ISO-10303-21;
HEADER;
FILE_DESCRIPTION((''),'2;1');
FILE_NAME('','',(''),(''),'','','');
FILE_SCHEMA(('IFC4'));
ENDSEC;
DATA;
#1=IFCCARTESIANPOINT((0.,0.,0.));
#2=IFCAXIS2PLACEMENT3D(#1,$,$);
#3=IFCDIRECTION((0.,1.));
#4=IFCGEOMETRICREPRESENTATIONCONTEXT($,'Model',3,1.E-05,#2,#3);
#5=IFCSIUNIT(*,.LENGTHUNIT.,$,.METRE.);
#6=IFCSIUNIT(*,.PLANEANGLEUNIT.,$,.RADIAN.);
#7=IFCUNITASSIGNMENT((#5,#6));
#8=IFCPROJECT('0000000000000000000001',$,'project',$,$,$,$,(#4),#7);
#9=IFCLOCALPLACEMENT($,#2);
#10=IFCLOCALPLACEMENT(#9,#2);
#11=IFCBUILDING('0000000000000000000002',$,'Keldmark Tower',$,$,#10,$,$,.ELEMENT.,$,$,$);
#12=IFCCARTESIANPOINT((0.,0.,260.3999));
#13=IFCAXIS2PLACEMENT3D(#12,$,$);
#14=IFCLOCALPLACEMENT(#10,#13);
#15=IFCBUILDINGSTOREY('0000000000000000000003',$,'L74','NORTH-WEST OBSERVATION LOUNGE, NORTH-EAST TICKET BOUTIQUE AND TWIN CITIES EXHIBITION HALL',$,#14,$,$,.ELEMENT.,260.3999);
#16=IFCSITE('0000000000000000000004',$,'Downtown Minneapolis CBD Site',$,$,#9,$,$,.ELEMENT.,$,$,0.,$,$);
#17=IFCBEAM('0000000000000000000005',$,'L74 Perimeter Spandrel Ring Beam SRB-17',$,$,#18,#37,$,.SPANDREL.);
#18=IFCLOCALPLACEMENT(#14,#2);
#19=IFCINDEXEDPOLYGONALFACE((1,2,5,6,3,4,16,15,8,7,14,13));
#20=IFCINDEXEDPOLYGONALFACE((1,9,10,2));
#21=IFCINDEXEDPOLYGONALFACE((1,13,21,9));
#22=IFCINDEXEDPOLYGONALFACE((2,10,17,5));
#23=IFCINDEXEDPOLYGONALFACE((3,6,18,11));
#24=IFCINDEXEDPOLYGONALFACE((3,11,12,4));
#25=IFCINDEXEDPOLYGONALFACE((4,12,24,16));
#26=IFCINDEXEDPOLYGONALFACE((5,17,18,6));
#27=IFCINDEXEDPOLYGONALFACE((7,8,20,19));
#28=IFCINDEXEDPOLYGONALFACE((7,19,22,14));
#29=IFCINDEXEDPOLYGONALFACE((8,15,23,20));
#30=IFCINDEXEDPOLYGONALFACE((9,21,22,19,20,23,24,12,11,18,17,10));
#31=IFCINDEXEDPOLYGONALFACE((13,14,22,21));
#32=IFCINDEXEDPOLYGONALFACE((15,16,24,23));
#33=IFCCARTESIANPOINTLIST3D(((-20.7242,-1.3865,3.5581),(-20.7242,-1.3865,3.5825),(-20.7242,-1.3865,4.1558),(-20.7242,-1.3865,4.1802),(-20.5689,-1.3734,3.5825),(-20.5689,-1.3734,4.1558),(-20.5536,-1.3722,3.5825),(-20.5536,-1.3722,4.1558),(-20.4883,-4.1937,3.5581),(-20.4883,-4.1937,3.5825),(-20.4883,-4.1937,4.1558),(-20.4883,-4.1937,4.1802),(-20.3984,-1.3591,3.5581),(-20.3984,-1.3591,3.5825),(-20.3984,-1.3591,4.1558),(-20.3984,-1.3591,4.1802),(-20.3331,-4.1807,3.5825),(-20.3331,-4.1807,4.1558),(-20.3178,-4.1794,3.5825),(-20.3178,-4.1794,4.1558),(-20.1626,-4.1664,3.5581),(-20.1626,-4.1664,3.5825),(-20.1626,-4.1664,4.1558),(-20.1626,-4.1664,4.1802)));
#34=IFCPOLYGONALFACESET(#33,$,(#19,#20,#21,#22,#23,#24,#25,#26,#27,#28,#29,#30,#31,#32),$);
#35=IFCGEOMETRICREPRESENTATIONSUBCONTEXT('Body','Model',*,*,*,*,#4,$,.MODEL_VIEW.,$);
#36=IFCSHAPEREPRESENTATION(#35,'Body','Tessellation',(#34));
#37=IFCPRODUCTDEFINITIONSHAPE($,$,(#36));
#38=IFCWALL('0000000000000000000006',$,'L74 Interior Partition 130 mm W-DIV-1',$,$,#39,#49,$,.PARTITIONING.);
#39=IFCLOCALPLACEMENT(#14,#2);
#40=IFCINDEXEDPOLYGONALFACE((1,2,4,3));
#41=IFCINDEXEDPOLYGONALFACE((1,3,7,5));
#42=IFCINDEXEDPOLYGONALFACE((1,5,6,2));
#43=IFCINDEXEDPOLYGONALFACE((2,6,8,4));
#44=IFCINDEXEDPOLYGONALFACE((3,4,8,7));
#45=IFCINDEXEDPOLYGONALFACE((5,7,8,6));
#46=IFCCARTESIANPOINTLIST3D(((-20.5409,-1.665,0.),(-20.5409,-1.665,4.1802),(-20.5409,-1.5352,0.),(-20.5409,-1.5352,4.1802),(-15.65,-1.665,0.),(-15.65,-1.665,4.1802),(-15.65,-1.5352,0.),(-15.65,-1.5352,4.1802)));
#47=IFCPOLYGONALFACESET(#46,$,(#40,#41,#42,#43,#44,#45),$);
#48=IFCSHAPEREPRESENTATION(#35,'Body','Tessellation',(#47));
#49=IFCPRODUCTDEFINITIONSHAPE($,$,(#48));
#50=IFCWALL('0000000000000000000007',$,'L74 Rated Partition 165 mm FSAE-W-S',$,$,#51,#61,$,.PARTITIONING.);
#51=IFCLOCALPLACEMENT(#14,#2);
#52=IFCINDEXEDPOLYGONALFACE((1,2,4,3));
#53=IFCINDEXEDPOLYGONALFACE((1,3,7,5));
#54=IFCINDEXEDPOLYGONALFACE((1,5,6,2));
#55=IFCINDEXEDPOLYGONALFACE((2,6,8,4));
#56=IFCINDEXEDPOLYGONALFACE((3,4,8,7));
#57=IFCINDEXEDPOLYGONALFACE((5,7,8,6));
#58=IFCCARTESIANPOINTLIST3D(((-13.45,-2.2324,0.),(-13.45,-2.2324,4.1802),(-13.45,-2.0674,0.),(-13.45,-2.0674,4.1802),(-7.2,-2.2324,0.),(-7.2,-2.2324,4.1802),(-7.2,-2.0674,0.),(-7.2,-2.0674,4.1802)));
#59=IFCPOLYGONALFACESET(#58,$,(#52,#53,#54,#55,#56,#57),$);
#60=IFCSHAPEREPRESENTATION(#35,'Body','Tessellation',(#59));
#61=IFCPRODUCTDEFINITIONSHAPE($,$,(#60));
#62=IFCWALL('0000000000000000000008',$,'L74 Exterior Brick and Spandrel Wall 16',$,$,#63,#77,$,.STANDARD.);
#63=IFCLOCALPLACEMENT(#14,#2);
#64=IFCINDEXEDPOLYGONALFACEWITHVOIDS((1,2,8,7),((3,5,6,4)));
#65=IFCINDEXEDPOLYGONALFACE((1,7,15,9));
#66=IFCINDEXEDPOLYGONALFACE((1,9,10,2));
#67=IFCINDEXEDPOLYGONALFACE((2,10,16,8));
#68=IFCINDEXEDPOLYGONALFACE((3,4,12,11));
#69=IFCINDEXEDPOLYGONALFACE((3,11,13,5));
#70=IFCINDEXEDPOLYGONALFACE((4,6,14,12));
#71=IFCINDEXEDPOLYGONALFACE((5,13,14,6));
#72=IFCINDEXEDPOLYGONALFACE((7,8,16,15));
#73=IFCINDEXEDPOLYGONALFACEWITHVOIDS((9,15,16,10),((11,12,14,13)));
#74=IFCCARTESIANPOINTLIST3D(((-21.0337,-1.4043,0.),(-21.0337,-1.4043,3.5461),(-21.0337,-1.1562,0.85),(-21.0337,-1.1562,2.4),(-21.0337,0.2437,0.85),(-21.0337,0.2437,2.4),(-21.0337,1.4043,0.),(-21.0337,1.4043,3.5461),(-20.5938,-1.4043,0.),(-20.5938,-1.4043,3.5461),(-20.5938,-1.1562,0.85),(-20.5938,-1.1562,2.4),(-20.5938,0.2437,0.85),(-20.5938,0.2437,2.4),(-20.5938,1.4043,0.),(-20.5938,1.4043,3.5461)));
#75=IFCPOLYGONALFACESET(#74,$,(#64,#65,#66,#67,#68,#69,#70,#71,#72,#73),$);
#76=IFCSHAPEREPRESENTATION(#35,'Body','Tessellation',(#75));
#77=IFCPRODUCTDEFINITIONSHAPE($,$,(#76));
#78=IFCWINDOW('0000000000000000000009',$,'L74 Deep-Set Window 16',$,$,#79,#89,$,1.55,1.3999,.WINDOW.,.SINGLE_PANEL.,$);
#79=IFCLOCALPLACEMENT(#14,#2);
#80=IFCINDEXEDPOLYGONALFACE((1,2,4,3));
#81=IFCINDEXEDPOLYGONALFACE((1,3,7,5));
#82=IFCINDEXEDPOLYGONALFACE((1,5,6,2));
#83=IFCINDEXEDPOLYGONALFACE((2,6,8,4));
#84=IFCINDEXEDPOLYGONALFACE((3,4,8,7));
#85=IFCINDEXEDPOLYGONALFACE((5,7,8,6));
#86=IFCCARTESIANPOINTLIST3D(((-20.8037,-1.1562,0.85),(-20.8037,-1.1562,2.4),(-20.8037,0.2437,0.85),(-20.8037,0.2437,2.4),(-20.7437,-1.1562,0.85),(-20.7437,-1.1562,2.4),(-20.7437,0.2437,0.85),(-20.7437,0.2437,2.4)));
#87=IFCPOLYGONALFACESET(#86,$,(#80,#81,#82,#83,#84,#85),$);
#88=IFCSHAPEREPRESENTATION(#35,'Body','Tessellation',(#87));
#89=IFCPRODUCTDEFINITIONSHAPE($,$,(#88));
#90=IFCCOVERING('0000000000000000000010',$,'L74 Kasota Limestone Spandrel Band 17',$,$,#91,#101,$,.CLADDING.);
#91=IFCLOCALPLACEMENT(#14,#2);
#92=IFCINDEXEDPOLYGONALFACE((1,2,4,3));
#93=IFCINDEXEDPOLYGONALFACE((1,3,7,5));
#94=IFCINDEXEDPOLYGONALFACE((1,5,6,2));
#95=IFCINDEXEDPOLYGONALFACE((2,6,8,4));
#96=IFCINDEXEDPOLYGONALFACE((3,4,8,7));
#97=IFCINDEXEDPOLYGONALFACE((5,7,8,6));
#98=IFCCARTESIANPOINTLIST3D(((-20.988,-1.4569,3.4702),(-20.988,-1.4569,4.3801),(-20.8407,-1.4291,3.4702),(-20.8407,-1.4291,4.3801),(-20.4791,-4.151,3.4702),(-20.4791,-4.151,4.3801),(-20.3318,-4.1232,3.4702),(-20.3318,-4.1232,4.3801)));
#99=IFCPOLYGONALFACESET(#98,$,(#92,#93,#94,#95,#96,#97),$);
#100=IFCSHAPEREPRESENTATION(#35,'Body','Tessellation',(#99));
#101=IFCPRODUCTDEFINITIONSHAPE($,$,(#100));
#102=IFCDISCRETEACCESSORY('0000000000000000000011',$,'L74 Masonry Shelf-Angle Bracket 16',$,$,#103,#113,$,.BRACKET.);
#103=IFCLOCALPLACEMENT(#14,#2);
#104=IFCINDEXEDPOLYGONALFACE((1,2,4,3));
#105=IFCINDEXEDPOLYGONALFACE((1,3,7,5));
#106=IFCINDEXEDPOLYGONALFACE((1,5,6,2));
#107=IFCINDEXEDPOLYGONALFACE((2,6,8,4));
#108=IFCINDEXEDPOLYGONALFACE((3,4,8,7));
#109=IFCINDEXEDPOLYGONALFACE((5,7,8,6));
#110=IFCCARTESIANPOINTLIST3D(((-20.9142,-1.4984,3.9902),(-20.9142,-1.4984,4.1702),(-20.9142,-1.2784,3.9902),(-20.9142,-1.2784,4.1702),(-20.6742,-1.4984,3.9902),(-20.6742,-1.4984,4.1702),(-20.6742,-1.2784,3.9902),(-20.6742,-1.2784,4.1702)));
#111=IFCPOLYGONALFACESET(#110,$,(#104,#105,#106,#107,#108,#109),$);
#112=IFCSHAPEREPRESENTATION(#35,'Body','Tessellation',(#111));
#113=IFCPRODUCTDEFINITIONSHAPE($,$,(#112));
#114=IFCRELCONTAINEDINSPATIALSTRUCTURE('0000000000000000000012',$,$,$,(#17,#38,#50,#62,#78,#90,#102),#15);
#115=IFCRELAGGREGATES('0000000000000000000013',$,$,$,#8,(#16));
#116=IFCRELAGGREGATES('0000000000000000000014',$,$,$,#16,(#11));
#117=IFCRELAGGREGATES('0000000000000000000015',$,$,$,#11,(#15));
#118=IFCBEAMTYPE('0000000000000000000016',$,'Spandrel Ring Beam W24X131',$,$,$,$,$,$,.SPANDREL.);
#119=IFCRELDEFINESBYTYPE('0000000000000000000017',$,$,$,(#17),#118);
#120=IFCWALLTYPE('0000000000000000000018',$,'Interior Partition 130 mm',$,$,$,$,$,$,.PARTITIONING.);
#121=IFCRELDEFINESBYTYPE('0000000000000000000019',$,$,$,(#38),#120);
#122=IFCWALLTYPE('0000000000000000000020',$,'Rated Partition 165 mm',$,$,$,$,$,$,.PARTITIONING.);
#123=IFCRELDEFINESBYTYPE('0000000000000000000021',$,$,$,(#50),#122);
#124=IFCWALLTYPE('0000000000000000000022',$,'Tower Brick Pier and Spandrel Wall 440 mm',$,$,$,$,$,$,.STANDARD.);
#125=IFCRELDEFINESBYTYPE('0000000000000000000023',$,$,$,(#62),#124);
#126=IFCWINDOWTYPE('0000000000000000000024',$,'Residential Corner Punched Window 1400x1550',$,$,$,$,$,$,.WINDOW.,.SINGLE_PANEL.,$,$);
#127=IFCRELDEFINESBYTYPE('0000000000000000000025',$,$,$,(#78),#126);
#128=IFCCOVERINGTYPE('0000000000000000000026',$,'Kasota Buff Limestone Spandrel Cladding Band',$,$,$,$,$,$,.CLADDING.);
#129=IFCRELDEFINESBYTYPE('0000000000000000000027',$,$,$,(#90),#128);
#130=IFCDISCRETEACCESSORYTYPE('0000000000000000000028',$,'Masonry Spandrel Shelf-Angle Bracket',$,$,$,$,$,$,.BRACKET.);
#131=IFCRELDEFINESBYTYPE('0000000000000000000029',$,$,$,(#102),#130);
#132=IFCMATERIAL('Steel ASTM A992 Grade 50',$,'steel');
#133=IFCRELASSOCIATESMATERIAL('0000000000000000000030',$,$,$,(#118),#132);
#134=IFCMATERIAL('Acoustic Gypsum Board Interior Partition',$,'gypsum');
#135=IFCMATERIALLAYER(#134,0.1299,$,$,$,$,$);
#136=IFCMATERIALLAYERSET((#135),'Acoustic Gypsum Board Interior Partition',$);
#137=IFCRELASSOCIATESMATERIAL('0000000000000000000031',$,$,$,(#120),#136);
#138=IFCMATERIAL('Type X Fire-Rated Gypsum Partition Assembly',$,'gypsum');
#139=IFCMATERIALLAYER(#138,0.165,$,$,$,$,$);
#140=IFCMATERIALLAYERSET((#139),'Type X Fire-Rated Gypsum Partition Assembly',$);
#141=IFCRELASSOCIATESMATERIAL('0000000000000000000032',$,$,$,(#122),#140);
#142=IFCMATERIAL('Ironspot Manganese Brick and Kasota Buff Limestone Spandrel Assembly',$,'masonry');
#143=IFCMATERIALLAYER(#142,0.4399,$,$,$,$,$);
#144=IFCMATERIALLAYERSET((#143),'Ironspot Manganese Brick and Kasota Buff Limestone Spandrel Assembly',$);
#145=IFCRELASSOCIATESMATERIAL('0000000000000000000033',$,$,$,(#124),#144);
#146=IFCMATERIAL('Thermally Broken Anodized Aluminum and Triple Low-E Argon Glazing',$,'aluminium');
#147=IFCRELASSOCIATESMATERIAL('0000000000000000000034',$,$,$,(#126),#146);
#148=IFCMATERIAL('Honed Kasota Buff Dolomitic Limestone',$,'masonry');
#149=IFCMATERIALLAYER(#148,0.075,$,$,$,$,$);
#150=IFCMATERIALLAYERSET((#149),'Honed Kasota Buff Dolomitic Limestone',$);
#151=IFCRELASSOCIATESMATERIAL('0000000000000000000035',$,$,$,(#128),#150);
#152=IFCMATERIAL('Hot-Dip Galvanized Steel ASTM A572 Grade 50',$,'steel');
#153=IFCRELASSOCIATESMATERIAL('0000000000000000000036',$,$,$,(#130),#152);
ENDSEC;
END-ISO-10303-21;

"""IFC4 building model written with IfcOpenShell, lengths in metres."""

from ifc_helpers import new_model, si_unit, direction, frame, frame_2d, origin, origin_2d, place, context, subcontext, project, spatial, rectangle, i_section, extrude, material, layer, layer_set, material_profile, profile_set, type_object, element, fill, save


model = new_model("IFC4")

# Units and contexts
model_context = context("Model", 3, precision=1e-05, world=origin(), true_north=direction((0.0, 1.0)))
body_context = subcontext(model_context, "Body", "Model", "MODEL_VIEW")
ifc_project = project(units=[si_unit("LENGTHUNIT", "METRE"), si_unit("PLANEANGLEUNIT", "RADIAN")], contexts=[model_context])

# Site, building, storey
site_placement = place(None, origin())
site = spatial("IfcSite", under=ifc_project, at=site_placement, Name="Downtown Minneapolis CBD Site", CompositionType="ELEMENT", RefElevation=0.0)
building_placement = place(site_placement, origin())
building = spatial("IfcBuilding", under=site, at=building_placement, Name="Keldmark Tower", CompositionType="ELEMENT")
storey_placement = place(building_placement, frame((0.0, 0.0, 260.3999)))
storey = spatial("IfcBuildingStorey", under=building, at=storey_placement, Name="L74", Description="NORTH-WEST OBSERVATION LOUNGE, NORTH-EAST TICKET BOUTIQUE AND TWIN CITIES EXHIBITION HALL", CompositionType="ELEMENT", Elevation=260.3999)

# Beam
ifc_material_1 = material(Name="Steel ASTM A992 Grade 50", Category="steel")
ifc_material_profile_1 = material_profile(ifc_material_1, i_section(OverallWidth=0.3269, OverallDepth=0.6221, WebThickness=0.0154, FlangeThickness=0.0244, at=origin_2d()), Name="W24X131")
ifc_profile_set_1 = profile_set([ifc_material_profile_1], Name="Steel ASTM A992 Grade 50")
beam_type_1 = type_object("IfcBeamType", Name="Spandrel Ring Beam W24X131", PredefinedType="SPANDREL", material=ifc_profile_set_1)
beam_1_placement = place(storey_placement, frame((-20.5613, -1.3728, 3.8691), z_axis=(0.08372, -0.996489, 0.0), x_axis=(0.996489, 0.08372, 0.0)))
element("IfcBeam", 1, at=beam_1_placement, inside=storey, type_object=beam_type_1, Name="L74 Perimeter Spandrel Ring Beam SRB-17", PredefinedType="SPANDREL", context=body_context, shape_type="SweptSolid", body=[
    extrude(i_section(OverallWidth=0.3269, OverallDepth=0.6221, WebThickness=0.0154, FlangeThickness=0.0244, at=origin_2d()), origin(), (0.0, 0.0, 1.0), 2.8171),
])

# Walls
ifc_material_2 = material(Name="Acoustic Gypsum Board Interior Partition", Category="gypsum")
ifc_layer_1 = layer(ifc_material_2, 0.1299)
ifc_layer_set_1 = layer_set([ifc_layer_1], Name="Acoustic Gypsum Board Interior Partition")
wall_type_1 = type_object("IfcWallType", Name="Interior Partition 130 mm", PredefinedType="PARTITIONING", material=ifc_layer_set_1)
wall_1_placement = place(storey_placement, frame((-20.5408, -1.6001, 0.0), z_axis=(0.0, 0.0, 1.0), x_axis=(1.0, 0.0, 0.0)))
element("IfcWall", 2, at=wall_1_placement, inside=storey, type_object=wall_type_1, Name="L74 Interior Partition 130 mm W-DIV-1", PredefinedType="PARTITIONING", context=body_context, shape_type="SweptSolid", body=[
    extrude(rectangle(XDim=4.8909, YDim=0.1299, at=frame_2d((2.4453, 0.0))), origin(), (0.0, 0.0, 1.0), 4.1802),
])
ifc_material_3 = material(Name="Type X Fire-Rated Gypsum Partition Assembly", Category="gypsum")
ifc_layer_2 = layer(ifc_material_3, 0.165)
ifc_layer_set_2 = layer_set([ifc_layer_2], Name="Type X Fire-Rated Gypsum Partition Assembly")
wall_type_2 = type_object("IfcWallType", Name="Rated Partition 165 mm", PredefinedType="PARTITIONING", material=ifc_layer_set_2)
wall_2_placement = place(storey_placement, frame((-13.45, -2.1499, 0.0), z_axis=(0.0, 0.0, 1.0), x_axis=(1.0, 0.0, 0.0)))
element("IfcWall", 3, at=wall_2_placement, inside=storey, type_object=wall_type_2, Name="L74 Rated Partition 165 mm FSAE-W-S", PredefinedType="PARTITIONING", context=body_context, shape_type="SweptSolid", body=[
    extrude(rectangle(XDim=6.25, YDim=0.165, at=frame_2d((3.125, 0.0))), origin(), (0.0, 0.0, 1.0), 4.1802),
])

# Wall, opening, window
ifc_material_4 = material(Name="Ironspot Manganese Brick and Kasota Buff Limestone Spandrel Assembly", Category="masonry")
ifc_layer_3 = layer(ifc_material_4, 0.4399)
ifc_layer_set_3 = layer_set([ifc_layer_3], Name="Ironspot Manganese Brick and Kasota Buff Limestone Spandrel Assembly")
wall_type_3 = type_object("IfcWallType", Name="Tower Brick Pier and Spandrel Wall 440 mm", PredefinedType="STANDARD", material=ifc_layer_set_3)
wall_3_placement = place(storey_placement, frame((-20.8137, -1.4043, 0.0), z_axis=(0.0, 0.0, 1.0), x_axis=(0.0, 1.0, 0.0)))
wall_3 = element("IfcWall", 4, at=wall_3_placement, inside=storey, type_object=wall_type_3, Name="L74 Exterior Brick and Spandrel Wall 16", PredefinedType="STANDARD", context=body_context, shape_type="SweptSolid", body=[
    extrude(rectangle(XDim=2.8086, YDim=0.4399, at=frame_2d((1.4043, 0.0))), origin(), (0.0, 0.0, 1.0), 3.5461),
])
opening_1_placement = place(wall_3_placement, frame((0.248, 0.0, 0.8501)))
opening_1 = element("IfcOpeningElement", 5, at=opening_1_placement, cuts=wall_3, PredefinedType="OPENING", context=body_context, shape_type="SweptSolid", body=[
    extrude(rectangle(XDim=1.3999, YDim=1.55, at=frame_2d((0.7, 0.7749))), frame((0.0, 0.23, 0.0), z_axis=(0.0, -1.0, 0.0), x_axis=(1.0, 0.0, 0.0)), (0.0, 0.0, 1.0), 0.46),
])
ifc_material_5 = material(Name="Thermally Broken Anodized Aluminum and Triple Low-E Argon Glazing", Category="aluminium")
window_type = type_object("IfcWindowType", Name="Residential Corner Punched Window 1400x1550", PartitioningType="SINGLE_PANEL", PredefinedType="WINDOW", material=ifc_material_5)
window_placement = place(opening_1_placement, origin())
window = element("IfcWindow", 6, at=window_placement, inside=storey, type_object=window_type, Name="L74 Deep-Set Window 16", OverallHeight=1.55, OverallWidth=1.3999, PartitioningType="SINGLE_PANEL", PredefinedType="WINDOW", context=body_context, shape_type="SweptSolid", body=[
    extrude(rectangle(XDim=1.3999, YDim=1.55, at=frame_2d((0.7, 0.7749))), frame((0.0, -0.01, 0.0), z_axis=(0.0, -1.0, 0.0), x_axis=(1.0, 0.0, 0.0)), (0.0, 0.0, 1.0), 0.0601),
])
fill(opening_1, window)

# Covering
ifc_material_6 = material(Name="Honed Kasota Buff Dolomitic Limestone", Category="masonry")
ifc_layer_4 = layer(ifc_material_6, 0.075)
ifc_layer_set_4 = layer_set([ifc_layer_4], Name="Honed Kasota Buff Dolomitic Limestone")
covering_type = type_object("IfcCoveringType", Name="Kasota Buff Limestone Spandrel Cladding Band", PredefinedType="CLADDING", material=ifc_layer_set_4)
covering_placement = place(storey_placement, frame((-20.6599, -2.79, 3.4702), z_axis=(0.0, 0.0, 1.0), x_axis=(0.185598, -0.982626, 0.0)))
element("IfcCovering", 7, at=covering_placement, inside=storey, type_object=covering_type, Name="L74 Kasota Limestone Spandrel Band 17", PredefinedType="CLADDING", context=body_context, shape_type="SweptSolid", body=[
    extrude(rectangle(XDim=2.7417, YDim=0.1499, at=origin_2d()), origin(), (0.0, 0.0, 1.0), 0.9099),
])

# Discrete accessory
ifc_material_7 = material(Name="Hot-Dip Galvanized Steel ASTM A572 Grade 50", Category="steel")
discrete_accessory_type = type_object("IfcDiscreteAccessoryType", Name="Masonry Spandrel Shelf-Angle Bracket", PredefinedType="BRACKET", material=ifc_material_7)
discrete_accessory_placement = place(storey_placement, frame((-20.7942, -1.3884, 3.9902), z_axis=(0.0, 0.0, 1.0), x_axis=(1.0, 0.0, 0.0)))
element("IfcDiscreteAccessory", 8, at=discrete_accessory_placement, inside=storey, type_object=discrete_accessory_type, Name="L74 Masonry Shelf-Angle Bracket 16", PredefinedType="BRACKET", context=body_context, shape_type="SweptSolid", body=[
    extrude(rectangle(XDim=0.24, YDim=0.22, at=origin_2d()), origin(), (0.0, 0.0, 1.0), 0.1799),
])

save(model, "model.ifc")
